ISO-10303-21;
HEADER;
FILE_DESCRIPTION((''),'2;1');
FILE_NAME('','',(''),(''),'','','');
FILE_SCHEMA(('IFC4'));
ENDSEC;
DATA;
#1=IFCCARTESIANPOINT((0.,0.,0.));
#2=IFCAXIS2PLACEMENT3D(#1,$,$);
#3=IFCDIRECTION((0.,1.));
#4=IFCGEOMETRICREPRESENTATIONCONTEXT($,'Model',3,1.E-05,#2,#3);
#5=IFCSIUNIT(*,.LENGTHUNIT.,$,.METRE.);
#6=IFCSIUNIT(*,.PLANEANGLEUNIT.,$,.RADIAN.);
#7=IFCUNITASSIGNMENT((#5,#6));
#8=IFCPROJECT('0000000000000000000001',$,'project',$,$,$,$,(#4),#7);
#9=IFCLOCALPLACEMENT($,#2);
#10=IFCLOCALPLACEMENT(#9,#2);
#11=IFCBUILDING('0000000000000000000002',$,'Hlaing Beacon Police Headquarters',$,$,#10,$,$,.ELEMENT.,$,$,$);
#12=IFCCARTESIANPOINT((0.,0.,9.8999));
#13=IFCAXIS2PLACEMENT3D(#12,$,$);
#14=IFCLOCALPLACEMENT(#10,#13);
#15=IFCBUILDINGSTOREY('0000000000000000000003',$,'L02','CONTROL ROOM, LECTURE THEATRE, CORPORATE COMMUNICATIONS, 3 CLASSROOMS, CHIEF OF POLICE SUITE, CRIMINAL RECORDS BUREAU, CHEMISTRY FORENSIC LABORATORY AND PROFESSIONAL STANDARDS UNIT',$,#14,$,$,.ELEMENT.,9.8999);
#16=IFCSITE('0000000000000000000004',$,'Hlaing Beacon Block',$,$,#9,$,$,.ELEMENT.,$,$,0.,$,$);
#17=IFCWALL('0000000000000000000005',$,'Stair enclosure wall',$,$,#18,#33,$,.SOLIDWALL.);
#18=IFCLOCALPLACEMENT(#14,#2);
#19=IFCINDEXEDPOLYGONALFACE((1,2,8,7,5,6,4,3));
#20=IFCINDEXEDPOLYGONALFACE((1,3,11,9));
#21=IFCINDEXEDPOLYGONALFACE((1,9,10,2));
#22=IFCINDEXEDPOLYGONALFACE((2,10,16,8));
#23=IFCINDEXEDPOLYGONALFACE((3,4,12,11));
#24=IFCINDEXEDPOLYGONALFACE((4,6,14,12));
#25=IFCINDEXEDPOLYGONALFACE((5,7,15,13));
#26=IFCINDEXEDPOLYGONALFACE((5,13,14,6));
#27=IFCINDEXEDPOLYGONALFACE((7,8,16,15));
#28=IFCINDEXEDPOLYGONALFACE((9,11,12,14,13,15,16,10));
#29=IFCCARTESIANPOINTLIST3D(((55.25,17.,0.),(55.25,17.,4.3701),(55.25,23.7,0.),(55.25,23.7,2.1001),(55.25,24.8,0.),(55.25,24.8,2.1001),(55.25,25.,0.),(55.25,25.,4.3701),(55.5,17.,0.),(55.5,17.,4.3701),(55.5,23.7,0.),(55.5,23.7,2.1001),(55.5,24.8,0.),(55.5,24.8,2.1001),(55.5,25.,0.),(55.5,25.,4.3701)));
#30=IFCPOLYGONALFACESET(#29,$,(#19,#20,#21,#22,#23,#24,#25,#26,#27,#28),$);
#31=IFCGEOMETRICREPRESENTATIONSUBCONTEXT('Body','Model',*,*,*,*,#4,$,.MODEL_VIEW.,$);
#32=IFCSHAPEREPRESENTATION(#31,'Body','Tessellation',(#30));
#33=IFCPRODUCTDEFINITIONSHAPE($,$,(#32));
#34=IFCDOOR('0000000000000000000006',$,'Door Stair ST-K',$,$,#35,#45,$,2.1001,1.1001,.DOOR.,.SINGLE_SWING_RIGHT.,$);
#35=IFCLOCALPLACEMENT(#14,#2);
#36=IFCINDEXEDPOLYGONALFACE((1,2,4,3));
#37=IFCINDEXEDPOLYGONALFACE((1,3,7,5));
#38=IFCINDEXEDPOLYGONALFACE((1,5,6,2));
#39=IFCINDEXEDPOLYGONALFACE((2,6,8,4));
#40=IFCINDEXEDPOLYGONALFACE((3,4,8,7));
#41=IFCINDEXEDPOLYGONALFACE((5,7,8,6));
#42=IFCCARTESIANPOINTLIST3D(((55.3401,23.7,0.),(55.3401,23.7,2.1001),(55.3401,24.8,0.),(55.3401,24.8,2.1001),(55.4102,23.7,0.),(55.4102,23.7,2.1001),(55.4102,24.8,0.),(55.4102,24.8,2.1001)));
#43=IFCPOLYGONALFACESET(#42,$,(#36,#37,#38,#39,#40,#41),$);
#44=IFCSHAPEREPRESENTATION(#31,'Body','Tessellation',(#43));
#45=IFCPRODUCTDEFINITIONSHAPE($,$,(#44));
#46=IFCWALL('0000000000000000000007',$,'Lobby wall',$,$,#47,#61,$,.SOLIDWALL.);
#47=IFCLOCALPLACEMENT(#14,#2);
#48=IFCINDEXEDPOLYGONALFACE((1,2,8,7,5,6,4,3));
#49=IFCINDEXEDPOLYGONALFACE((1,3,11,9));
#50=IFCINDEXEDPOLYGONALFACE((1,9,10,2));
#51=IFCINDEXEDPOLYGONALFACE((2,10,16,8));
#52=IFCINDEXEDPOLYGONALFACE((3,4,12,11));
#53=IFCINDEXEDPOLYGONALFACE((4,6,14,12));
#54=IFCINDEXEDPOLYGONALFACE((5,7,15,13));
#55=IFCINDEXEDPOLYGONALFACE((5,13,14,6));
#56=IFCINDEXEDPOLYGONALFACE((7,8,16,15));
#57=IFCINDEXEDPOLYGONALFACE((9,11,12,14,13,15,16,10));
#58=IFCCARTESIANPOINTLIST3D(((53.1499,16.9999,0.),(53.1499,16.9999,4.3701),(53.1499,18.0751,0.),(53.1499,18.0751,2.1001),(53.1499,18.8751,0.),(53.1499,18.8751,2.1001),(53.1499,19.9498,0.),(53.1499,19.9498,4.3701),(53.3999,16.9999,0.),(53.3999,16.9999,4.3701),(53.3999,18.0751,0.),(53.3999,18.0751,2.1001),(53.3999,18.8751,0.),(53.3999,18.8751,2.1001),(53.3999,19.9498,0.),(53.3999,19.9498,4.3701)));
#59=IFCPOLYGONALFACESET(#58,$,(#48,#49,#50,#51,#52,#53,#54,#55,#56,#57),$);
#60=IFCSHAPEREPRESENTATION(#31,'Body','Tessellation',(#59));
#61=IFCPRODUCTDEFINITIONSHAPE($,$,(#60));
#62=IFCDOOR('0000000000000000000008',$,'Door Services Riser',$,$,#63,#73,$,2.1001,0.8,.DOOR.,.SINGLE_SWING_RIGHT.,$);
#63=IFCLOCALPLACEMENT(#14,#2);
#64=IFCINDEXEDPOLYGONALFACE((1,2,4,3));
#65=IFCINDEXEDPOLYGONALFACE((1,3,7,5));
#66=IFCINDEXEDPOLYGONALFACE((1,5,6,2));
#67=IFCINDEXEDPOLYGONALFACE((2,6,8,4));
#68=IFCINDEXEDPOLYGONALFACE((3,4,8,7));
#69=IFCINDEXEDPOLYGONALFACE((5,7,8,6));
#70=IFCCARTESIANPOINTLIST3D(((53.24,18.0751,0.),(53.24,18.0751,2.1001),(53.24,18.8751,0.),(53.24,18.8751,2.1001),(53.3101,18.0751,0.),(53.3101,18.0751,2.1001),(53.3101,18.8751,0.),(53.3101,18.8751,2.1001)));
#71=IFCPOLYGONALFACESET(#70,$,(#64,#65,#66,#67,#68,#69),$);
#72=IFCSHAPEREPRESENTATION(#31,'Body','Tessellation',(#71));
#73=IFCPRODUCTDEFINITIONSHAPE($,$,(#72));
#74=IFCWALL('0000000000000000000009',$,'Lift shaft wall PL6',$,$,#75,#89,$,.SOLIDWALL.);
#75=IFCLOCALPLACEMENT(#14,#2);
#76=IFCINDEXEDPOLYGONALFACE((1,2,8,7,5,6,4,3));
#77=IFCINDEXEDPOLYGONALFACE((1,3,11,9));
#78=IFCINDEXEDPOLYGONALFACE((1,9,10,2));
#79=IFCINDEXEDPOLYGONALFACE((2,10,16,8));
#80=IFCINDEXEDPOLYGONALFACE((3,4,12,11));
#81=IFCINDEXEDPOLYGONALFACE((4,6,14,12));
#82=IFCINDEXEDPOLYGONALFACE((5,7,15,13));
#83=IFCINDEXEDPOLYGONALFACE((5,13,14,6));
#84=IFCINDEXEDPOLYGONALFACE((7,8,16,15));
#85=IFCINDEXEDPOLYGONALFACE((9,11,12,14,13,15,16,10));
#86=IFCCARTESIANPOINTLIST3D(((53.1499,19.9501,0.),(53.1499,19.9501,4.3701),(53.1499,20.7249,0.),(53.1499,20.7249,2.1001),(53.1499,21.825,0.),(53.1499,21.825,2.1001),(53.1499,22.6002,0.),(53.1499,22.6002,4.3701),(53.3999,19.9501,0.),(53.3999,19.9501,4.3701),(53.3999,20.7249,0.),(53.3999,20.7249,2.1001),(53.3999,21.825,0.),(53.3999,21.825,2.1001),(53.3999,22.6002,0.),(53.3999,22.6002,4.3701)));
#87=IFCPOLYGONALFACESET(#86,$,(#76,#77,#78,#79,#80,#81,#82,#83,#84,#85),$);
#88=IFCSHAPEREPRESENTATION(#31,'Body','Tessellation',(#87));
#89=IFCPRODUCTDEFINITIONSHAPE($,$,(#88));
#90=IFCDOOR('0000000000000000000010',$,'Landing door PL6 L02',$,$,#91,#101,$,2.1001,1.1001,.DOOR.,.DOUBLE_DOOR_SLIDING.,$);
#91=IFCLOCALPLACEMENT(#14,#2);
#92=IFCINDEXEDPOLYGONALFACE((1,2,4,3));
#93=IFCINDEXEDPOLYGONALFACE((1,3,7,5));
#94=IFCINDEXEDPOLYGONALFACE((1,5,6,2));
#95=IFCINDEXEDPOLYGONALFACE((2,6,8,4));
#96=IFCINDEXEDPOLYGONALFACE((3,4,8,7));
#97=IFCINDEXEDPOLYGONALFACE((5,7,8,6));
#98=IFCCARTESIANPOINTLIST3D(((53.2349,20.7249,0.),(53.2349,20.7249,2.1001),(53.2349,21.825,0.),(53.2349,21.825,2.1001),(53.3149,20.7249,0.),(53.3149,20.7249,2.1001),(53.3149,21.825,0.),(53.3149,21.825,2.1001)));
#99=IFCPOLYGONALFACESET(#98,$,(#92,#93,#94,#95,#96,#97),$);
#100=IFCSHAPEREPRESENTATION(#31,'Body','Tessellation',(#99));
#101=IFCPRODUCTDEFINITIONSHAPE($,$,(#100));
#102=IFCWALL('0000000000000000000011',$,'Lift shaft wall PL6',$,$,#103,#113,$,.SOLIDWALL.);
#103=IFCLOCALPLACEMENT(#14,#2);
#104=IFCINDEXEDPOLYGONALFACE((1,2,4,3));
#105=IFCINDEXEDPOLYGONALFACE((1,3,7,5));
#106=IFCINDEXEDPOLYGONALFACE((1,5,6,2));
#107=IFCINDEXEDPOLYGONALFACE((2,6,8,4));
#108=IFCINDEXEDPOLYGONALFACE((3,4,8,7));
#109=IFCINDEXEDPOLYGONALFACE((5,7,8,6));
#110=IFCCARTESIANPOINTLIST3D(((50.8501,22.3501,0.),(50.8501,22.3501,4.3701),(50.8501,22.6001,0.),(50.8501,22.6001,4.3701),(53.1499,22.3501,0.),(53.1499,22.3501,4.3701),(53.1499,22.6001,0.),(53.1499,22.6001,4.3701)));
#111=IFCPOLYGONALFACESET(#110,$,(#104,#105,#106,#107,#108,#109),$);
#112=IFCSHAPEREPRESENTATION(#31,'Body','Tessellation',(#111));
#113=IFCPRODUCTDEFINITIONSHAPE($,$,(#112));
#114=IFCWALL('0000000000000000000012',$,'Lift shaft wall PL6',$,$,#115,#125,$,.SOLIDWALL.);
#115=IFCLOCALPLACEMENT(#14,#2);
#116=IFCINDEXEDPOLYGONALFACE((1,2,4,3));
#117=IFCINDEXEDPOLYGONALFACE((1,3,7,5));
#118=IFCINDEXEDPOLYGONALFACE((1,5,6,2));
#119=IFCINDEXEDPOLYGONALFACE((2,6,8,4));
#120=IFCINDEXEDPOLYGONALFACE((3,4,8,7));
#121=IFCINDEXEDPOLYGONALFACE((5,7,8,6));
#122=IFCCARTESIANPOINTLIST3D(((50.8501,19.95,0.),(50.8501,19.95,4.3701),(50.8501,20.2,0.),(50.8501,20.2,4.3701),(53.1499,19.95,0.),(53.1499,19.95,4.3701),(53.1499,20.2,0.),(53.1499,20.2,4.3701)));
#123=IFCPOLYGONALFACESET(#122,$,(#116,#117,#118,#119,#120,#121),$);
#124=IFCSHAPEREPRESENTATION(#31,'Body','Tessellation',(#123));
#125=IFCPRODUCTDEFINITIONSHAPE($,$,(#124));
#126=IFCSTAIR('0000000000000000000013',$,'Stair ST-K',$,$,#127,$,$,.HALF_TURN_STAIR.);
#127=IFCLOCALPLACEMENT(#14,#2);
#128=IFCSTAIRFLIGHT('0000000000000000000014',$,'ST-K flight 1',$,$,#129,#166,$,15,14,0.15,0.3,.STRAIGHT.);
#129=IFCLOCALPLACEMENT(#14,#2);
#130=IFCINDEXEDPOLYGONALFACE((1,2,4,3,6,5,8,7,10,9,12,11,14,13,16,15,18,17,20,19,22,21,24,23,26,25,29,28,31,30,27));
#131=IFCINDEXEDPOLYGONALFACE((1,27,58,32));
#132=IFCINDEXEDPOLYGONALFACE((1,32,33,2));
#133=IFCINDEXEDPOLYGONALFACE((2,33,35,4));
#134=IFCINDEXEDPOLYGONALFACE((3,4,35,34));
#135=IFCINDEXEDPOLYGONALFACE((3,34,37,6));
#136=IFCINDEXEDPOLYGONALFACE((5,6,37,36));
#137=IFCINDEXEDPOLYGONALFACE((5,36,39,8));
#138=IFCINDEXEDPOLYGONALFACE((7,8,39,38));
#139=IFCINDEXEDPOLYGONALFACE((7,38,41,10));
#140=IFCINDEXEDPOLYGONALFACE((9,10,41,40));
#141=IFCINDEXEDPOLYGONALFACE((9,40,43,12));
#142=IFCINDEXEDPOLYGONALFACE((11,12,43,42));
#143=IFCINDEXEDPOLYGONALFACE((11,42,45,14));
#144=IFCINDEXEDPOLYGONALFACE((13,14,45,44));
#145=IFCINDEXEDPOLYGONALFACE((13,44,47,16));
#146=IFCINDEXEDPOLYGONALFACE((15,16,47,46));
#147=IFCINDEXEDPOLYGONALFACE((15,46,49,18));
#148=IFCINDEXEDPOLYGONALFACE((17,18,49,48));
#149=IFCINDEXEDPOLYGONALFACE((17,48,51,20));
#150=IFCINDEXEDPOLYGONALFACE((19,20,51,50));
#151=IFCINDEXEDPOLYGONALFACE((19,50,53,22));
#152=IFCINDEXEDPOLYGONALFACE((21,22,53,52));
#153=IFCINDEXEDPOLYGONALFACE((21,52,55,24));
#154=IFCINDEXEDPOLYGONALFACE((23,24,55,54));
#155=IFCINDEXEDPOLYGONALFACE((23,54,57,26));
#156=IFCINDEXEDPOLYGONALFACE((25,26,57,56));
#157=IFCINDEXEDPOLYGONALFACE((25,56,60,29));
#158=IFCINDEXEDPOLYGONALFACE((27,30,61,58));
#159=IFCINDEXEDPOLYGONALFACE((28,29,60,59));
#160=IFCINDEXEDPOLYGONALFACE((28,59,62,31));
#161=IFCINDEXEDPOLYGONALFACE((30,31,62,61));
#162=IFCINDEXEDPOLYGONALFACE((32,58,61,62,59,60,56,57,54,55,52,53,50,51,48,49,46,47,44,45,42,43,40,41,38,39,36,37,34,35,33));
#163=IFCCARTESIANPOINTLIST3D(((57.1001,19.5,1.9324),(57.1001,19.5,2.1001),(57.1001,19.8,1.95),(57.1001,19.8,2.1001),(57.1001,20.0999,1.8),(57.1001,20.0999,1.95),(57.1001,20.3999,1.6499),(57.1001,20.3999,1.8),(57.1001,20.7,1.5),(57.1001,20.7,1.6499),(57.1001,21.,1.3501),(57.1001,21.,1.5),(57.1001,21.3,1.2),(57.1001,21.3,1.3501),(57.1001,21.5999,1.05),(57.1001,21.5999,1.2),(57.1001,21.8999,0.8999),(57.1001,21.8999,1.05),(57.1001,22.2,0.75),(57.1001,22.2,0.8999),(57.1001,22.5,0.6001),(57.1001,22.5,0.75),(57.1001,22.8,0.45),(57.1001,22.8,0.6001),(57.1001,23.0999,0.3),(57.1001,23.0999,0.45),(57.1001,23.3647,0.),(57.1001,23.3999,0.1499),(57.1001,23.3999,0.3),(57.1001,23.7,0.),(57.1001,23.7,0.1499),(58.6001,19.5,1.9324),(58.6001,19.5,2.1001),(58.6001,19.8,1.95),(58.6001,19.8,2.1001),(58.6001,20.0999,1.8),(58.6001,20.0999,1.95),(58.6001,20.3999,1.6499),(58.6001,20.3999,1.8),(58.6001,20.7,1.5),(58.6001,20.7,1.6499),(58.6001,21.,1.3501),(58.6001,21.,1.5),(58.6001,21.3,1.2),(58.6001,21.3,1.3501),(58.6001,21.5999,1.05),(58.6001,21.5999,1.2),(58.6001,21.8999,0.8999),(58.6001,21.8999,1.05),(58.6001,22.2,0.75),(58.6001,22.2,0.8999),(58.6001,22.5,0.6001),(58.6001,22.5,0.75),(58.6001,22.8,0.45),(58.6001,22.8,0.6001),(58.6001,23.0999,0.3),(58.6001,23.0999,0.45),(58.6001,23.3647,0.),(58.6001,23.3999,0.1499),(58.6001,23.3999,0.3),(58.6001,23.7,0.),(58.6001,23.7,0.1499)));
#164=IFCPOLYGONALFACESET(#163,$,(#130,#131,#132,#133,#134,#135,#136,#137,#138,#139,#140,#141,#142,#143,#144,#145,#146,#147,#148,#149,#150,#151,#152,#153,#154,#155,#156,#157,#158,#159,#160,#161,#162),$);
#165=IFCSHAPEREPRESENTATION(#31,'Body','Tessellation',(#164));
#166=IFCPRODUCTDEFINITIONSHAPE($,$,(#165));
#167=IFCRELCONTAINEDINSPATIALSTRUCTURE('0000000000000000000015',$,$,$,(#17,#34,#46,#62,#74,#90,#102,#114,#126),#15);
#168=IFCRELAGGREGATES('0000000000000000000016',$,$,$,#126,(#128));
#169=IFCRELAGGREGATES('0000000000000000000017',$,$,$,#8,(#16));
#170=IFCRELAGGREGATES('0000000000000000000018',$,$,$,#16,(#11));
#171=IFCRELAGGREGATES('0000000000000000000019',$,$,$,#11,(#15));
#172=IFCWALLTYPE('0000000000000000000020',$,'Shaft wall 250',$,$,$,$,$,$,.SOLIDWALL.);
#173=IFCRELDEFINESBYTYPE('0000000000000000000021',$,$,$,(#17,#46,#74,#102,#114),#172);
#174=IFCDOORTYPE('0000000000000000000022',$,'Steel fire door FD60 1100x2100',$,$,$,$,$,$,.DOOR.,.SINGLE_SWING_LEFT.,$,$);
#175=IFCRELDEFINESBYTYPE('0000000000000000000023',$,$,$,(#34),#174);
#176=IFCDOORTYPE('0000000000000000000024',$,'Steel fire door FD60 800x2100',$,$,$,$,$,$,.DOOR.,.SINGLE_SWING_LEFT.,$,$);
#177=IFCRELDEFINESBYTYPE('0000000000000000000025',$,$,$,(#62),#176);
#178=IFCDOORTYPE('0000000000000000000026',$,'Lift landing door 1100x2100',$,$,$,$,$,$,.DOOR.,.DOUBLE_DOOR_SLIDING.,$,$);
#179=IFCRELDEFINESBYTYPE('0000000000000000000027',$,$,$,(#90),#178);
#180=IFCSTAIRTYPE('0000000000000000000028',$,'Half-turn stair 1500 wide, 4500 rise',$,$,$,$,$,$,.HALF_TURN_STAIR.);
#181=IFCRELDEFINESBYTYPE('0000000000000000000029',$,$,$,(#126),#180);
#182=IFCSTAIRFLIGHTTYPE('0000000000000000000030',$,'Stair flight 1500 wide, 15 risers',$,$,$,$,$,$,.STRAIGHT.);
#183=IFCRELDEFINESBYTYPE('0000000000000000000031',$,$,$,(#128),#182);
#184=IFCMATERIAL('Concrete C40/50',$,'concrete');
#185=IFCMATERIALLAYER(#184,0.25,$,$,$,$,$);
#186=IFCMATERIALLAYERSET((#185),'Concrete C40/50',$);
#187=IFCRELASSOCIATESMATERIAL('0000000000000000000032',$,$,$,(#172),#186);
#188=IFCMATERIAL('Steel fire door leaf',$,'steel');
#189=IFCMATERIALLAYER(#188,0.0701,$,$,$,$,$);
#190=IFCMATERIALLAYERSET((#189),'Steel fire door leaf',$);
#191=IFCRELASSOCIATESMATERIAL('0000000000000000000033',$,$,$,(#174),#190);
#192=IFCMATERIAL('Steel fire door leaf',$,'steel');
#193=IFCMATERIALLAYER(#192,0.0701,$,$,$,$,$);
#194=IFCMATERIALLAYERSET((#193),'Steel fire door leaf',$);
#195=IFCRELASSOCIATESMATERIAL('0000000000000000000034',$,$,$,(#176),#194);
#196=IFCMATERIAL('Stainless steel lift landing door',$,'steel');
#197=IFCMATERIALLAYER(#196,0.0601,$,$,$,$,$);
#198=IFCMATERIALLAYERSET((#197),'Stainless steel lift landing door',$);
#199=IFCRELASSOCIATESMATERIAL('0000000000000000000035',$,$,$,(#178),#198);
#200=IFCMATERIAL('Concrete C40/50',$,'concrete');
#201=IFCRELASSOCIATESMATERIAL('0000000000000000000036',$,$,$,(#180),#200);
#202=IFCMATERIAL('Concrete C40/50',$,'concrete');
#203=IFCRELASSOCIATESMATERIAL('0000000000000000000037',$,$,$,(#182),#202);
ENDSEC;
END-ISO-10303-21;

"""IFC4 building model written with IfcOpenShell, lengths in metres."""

from ifc_helpers import new_model, si_unit, direction, frame, frame_2d, origin, place, context, subcontext, project, spatial, polyline, rectangle, outline, extrude, material, layer, layer_set, type_object, element, fill, aggregate, save


model = new_model("IFC4")

# Units and contexts
model_context = context("Model", 3, precision=1e-05, world=origin(), true_north=direction((0.0, 1.0)))
body_context = subcontext(model_context, "Body", "Model", "MODEL_VIEW")
ifc_project = project(units=[si_unit("LENGTHUNIT", "METRE"), si_unit("PLANEANGLEUNIT", "RADIAN")], contexts=[model_context])

# Site, building, storey
site_placement = place(None, origin())
site = spatial("IfcSite", under=ifc_project, at=site_placement, Name="Hlaing Beacon Block", CompositionType="ELEMENT", RefElevation=0.0)
building_placement = place(site_placement, origin())
building = spatial("IfcBuilding", under=site, at=building_placement, Name="Hlaing Beacon Police Headquarters", CompositionType="ELEMENT")
storey_placement = place(building_placement, frame((0.0, 0.0, 9.8999)))
storey = spatial("IfcBuildingStorey", under=building, at=storey_placement, Name="L02", Description="CONTROL ROOM, LECTURE THEATRE, CORPORATE COMMUNICATIONS, 3 CLASSROOMS, CHIEF OF POLICE SUITE, CRIMINAL RECORDS BUREAU, CHEMISTRY FORENSIC LABORATORY AND PROFESSIONAL STANDARDS UNIT", CompositionType="ELEMENT", Elevation=9.8999)

# Walls, openings, doors
ifc_material_1 = material(Name="Concrete C40/50", Category="concrete")
ifc_layer_1 = layer(ifc_material_1, 0.25)
ifc_layer_set_1 = layer_set([ifc_layer_1], Name="Concrete C40/50")
wall_type_1 = type_object("IfcWallType", Name="Shaft wall 250", PredefinedType="SOLIDWALL", material=ifc_layer_set_1)
wall_1_placement = place(storey_placement, frame((55.375, 25.0, 0.0), z_axis=(0.0, 0.0, 1.0), x_axis=(0.0, -1.0, 0.0)))
wall_1 = element("IfcWall", 1, at=wall_1_placement, inside=storey, type_object=wall_type_1, Name="Stair enclosure wall", PredefinedType="SOLIDWALL", context=body_context, shape_type="SweptSolid", body=[
    extrude(rectangle(XDim=8.0, YDim=0.25, at=frame_2d((4.0, 0.0))), origin(), (0.0, 0.0, 1.0), 4.3701),
])
opening_1_placement = place(wall_1_placement, frame((0.2, 0.0, 0.0)))
opening_1 = element("IfcOpeningElement", 2, at=opening_1_placement, cuts=wall_1, PredefinedType="OPENING", context=body_context, shape_type="SweptSolid", body=[
    extrude(rectangle(XDim=1.1001, YDim=2.1001, at=frame_2d((0.55, 1.05))), frame((0.0, 0.135, 0.0), z_axis=(0.0, -1.0, 0.0), x_axis=(1.0, 0.0, 0.0)), (0.0, 0.0, 1.0), 0.27),
])
ifc_material_2 = material(Name="Steel fire door leaf", Category="steel")
ifc_layer_2 = layer(ifc_material_2, 0.0701)
ifc_layer_set_2 = layer_set([ifc_layer_2], Name="Steel fire door leaf")
door_type_1 = type_object("IfcDoorType", Name="Steel fire door FD60 1100x2100", OperationType="SINGLE_SWING_LEFT", PredefinedType="DOOR", material=ifc_layer_set_2)
door_1_placement = place(opening_1_placement, origin())
door_1 = element("IfcDoor", 3, at=door_1_placement, inside=storey, type_object=door_type_1, Name="Door Stair ST-K", OperationType="SINGLE_SWING_RIGHT", OverallHeight=2.1001, OverallWidth=1.1001, PredefinedType="DOOR", context=body_context, shape_type="SweptSolid", body=[
    extrude(rectangle(XDim=1.1001, YDim=2.1001, at=frame_2d((0.55, 1.05))), frame((0.0, 0.0352, 0.0), z_axis=(0.0, -1.0, 0.0), x_axis=(1.0, 0.0, 0.0)), (0.0, 0.0, 1.0), 0.0701),
])
fill(opening_1, door_1)
wall_2_placement = place(storey_placement, frame((53.2749, 19.95, 0.0), z_axis=(0.0, 0.0, 1.0), x_axis=(0.0, -1.0, 0.0)))
wall_2 = element("IfcWall", 4, at=wall_2_placement, inside=storey, type_object=wall_type_1, Name="Lobby wall", PredefinedType="SOLIDWALL", context=body_context, shape_type="SweptSolid", body=[
    extrude(rectangle(XDim=2.95, YDim=0.25, at=frame_2d((1.4751, 0.0))), origin(), (0.0, 0.0, 1.0), 4.3701),
])
opening_2_placement = place(wall_2_placement, frame((1.075, 0.0, 0.0)))
opening_2 = element("IfcOpeningElement", 5, at=opening_2_placement, cuts=wall_2, PredefinedType="OPENING", context=body_context, shape_type="SweptSolid", body=[
    extrude(rectangle(XDim=0.8, YDim=2.1001, at=frame_2d((0.3999, 1.05))), frame((0.0, 0.135, 0.0), z_axis=(0.0, -1.0, 0.0), x_axis=(1.0, 0.0, 0.0)), (0.0, 0.0, 1.0), 0.27),
])
ifc_material_3 = material(Name="Steel fire door leaf", Category="steel")
ifc_layer_3 = layer(ifc_material_3, 0.0701)
ifc_layer_set_3 = layer_set([ifc_layer_3], Name="Steel fire door leaf")
door_type_2 = type_object("IfcDoorType", Name="Steel fire door FD60 800x2100", OperationType="SINGLE_SWING_LEFT", PredefinedType="DOOR", material=ifc_layer_set_3)
door_2_placement = place(opening_2_placement, frame((0.8, 0.0, 0.0), z_axis=(0.0, 0.0, 1.0), x_axis=(-1.0, 0.0, 0.0)))
door_2 = element("IfcDoor", 6, at=door_2_placement, inside=storey, type_object=door_type_2, Name="Door Services Riser", OperationType="SINGLE_SWING_RIGHT", OverallHeight=2.1001, OverallWidth=0.8, PredefinedType="DOOR", context=body_context, shape_type="SweptSolid", body=[
    extrude(rectangle(XDim=0.8, YDim=2.1001, at=frame_2d((0.4001, 1.05))), frame((0.0, 0.0349, 0.0), z_axis=(0.0, -1.0, 0.0), x_axis=(1.0, 0.0, 0.0)), (0.0, 0.0, 1.0), 0.0701),
])
fill(opening_2, door_2)
wall_3_placement = place(storey_placement, frame((53.2749, 19.95, 0.0), z_axis=(0.0, 0.0, 1.0), x_axis=(0.0, 1.0, 0.0)))
wall_3 = element("IfcWall", 7, at=wall_3_placement, inside=storey, type_object=wall_type_1, Name="Lift shaft wall PL6", PredefinedType="SOLIDWALL", context=body_context, shape_type="SweptSolid", body=[
    extrude(rectangle(XDim=2.6501, YDim=0.25, at=frame_2d((1.3252, 0.0))), origin(), (0.0, 0.0, 1.0), 4.3701),
])
opening_3_placement = place(wall_3_placement, frame((0.7749, 0.0, 0.0)))
opening_3 = element("IfcOpeningElement", 8, at=opening_3_placement, cuts=wall_3, PredefinedType="OPENING", context=body_context, shape_type="SweptSolid", body=[
    extrude(rectangle(XDim=1.1001, YDim=2.1001, at=frame_2d((0.55, 1.05))), frame((0.0, 0.135, 0.0), z_axis=(0.0, -1.0, 0.0), x_axis=(1.0, 0.0, 0.0)), (0.0, 0.0, 1.0), 0.27),
])
ifc_material_4 = material(Name="Stainless steel lift landing door", Category="steel")
ifc_layer_4 = layer(ifc_material_4, 0.0601)
ifc_layer_set_4 = layer_set([ifc_layer_4], Name="Stainless steel lift landing door")
door_type_3 = type_object("IfcDoorType", Name="Lift landing door 1100x2100", OperationType="DOUBLE_DOOR_SLIDING", PredefinedType="DOOR", material=ifc_layer_set_4)
door_3_placement = place(opening_3_placement, origin())
door_3 = element("IfcDoor", 9, at=door_3_placement, inside=storey, type_object=door_type_3, Name="Landing door PL6 L02", OperationType="DOUBLE_DOOR_SLIDING", OverallHeight=2.1001, OverallWidth=1.1001, PredefinedType="DOOR", context=body_context, shape_type="SweptSolid", body=[
    extrude(rectangle(XDim=1.1001, YDim=2.1001, at=frame_2d((0.55, 1.05))), frame((0.0, 0.04, 0.0), z_axis=(0.0, -1.0, 0.0), x_axis=(1.0, 0.0, 0.0)), (0.0, 0.0, 1.0), 0.0801),
])
fill(opening_3, door_3)

# Walls
for number, where, z_axis, x_axis, name in (
    (10, (50.8501, 22.4751, 0.0), (0.0, 0.0, 1.0), (1.0, 0.0, 0.0), "Lift shaft wall PL6"),
    (11, (50.8501, 20.075, 0.0), (0.0, 0.0, 1.0), (1.0, 0.0, 0.0), "Lift shaft wall PL6"),
):
    element("IfcWall", number, at=place(storey_placement, frame(where, z_axis=z_axis, x_axis=x_axis)), inside=storey, type_object=wall_type_1, Name=name, PredefinedType="SOLIDWALL", context=body_context, shape_type="SweptSolid", body=[
        extrude(rectangle(XDim=2.2998, YDim=0.25, at=frame_2d((1.1499, 0.0))), origin(), (0.0, 0.0, 1.0), 4.3701),
    ])

# Stair, stair flight
ifc_material_5 = material(Name="Concrete C40/50", Category="concrete")
stair_type = type_object("IfcStairType", Name="Half-turn stair 1500 wide, 4500 rise", PredefinedType="HALF_TURN_STAIR", material=ifc_material_5)
stair_placement = place(storey_placement, origin())
stair = element("IfcStair", 12, at=stair_placement, inside=storey, type_object=stair_type, Name="Stair ST-K", PredefinedType="HALF_TURN_STAIR")
ifc_material_6 = material(Name="Concrete C40/50", Category="concrete")
stair_flight_type = type_object("IfcStairFlightType", Name="Stair flight 1500 wide, 15 risers", PredefinedType="STRAIGHT", material=ifc_material_6)
stair_flight_placement = place(storey_placement, frame((57.8501, 23.7, 0.0), z_axis=(0.0, 0.0, 1.0), x_axis=(0.0, -1.0, 0.0)))
stair_flight = element("IfcStairFlight", 13, at=stair_flight_placement, type_object=stair_flight_type, Name="ST-K flight 1", NumberOfRisers=15, NumberOfTreads=14, PredefinedType="STRAIGHT", RiserHeight=0.15, TreadLength=0.3, context=body_context, shape_type="SweptSolid", body=[
    extrude(outline(polyline([(0.0, 0.0), (0.0, 0.1499), (0.3, 0.1499), (0.3, 0.3), (0.6001, 0.3), (0.6001, 0.45), (0.8999, 0.45), (0.8999, 0.6001), (1.2, 0.6001), (1.2, 0.75), (1.5, 0.75), (1.5, 0.8999), (1.8, 0.8999), (1.8, 1.05), (2.1001, 1.05), (2.1001, 1.2), (2.3999, 1.2), (2.3999, 1.3501), (2.7, 1.3501), (2.7, 1.5), (3.0, 1.5), (3.0, 1.6499), (3.3, 1.6499), (3.3, 1.8), (3.6001, 1.8), (3.6001, 1.95), (3.8999, 1.95), (3.8999, 2.1001), (4.2, 2.1001), (4.2, 2.25), (4.2, 1.9324), (0.3352, 0.0), (0.0, 0.0)])), frame((0.0, 0.75, 0.0), z_axis=(0.0, -1.0, 0.0), x_axis=(1.0, 0.0, 0.0)), (0.0, 0.0, 1.0), 1.5),
])
aggregate(stair, [stair_flight])

save(model, "model.ifc")
